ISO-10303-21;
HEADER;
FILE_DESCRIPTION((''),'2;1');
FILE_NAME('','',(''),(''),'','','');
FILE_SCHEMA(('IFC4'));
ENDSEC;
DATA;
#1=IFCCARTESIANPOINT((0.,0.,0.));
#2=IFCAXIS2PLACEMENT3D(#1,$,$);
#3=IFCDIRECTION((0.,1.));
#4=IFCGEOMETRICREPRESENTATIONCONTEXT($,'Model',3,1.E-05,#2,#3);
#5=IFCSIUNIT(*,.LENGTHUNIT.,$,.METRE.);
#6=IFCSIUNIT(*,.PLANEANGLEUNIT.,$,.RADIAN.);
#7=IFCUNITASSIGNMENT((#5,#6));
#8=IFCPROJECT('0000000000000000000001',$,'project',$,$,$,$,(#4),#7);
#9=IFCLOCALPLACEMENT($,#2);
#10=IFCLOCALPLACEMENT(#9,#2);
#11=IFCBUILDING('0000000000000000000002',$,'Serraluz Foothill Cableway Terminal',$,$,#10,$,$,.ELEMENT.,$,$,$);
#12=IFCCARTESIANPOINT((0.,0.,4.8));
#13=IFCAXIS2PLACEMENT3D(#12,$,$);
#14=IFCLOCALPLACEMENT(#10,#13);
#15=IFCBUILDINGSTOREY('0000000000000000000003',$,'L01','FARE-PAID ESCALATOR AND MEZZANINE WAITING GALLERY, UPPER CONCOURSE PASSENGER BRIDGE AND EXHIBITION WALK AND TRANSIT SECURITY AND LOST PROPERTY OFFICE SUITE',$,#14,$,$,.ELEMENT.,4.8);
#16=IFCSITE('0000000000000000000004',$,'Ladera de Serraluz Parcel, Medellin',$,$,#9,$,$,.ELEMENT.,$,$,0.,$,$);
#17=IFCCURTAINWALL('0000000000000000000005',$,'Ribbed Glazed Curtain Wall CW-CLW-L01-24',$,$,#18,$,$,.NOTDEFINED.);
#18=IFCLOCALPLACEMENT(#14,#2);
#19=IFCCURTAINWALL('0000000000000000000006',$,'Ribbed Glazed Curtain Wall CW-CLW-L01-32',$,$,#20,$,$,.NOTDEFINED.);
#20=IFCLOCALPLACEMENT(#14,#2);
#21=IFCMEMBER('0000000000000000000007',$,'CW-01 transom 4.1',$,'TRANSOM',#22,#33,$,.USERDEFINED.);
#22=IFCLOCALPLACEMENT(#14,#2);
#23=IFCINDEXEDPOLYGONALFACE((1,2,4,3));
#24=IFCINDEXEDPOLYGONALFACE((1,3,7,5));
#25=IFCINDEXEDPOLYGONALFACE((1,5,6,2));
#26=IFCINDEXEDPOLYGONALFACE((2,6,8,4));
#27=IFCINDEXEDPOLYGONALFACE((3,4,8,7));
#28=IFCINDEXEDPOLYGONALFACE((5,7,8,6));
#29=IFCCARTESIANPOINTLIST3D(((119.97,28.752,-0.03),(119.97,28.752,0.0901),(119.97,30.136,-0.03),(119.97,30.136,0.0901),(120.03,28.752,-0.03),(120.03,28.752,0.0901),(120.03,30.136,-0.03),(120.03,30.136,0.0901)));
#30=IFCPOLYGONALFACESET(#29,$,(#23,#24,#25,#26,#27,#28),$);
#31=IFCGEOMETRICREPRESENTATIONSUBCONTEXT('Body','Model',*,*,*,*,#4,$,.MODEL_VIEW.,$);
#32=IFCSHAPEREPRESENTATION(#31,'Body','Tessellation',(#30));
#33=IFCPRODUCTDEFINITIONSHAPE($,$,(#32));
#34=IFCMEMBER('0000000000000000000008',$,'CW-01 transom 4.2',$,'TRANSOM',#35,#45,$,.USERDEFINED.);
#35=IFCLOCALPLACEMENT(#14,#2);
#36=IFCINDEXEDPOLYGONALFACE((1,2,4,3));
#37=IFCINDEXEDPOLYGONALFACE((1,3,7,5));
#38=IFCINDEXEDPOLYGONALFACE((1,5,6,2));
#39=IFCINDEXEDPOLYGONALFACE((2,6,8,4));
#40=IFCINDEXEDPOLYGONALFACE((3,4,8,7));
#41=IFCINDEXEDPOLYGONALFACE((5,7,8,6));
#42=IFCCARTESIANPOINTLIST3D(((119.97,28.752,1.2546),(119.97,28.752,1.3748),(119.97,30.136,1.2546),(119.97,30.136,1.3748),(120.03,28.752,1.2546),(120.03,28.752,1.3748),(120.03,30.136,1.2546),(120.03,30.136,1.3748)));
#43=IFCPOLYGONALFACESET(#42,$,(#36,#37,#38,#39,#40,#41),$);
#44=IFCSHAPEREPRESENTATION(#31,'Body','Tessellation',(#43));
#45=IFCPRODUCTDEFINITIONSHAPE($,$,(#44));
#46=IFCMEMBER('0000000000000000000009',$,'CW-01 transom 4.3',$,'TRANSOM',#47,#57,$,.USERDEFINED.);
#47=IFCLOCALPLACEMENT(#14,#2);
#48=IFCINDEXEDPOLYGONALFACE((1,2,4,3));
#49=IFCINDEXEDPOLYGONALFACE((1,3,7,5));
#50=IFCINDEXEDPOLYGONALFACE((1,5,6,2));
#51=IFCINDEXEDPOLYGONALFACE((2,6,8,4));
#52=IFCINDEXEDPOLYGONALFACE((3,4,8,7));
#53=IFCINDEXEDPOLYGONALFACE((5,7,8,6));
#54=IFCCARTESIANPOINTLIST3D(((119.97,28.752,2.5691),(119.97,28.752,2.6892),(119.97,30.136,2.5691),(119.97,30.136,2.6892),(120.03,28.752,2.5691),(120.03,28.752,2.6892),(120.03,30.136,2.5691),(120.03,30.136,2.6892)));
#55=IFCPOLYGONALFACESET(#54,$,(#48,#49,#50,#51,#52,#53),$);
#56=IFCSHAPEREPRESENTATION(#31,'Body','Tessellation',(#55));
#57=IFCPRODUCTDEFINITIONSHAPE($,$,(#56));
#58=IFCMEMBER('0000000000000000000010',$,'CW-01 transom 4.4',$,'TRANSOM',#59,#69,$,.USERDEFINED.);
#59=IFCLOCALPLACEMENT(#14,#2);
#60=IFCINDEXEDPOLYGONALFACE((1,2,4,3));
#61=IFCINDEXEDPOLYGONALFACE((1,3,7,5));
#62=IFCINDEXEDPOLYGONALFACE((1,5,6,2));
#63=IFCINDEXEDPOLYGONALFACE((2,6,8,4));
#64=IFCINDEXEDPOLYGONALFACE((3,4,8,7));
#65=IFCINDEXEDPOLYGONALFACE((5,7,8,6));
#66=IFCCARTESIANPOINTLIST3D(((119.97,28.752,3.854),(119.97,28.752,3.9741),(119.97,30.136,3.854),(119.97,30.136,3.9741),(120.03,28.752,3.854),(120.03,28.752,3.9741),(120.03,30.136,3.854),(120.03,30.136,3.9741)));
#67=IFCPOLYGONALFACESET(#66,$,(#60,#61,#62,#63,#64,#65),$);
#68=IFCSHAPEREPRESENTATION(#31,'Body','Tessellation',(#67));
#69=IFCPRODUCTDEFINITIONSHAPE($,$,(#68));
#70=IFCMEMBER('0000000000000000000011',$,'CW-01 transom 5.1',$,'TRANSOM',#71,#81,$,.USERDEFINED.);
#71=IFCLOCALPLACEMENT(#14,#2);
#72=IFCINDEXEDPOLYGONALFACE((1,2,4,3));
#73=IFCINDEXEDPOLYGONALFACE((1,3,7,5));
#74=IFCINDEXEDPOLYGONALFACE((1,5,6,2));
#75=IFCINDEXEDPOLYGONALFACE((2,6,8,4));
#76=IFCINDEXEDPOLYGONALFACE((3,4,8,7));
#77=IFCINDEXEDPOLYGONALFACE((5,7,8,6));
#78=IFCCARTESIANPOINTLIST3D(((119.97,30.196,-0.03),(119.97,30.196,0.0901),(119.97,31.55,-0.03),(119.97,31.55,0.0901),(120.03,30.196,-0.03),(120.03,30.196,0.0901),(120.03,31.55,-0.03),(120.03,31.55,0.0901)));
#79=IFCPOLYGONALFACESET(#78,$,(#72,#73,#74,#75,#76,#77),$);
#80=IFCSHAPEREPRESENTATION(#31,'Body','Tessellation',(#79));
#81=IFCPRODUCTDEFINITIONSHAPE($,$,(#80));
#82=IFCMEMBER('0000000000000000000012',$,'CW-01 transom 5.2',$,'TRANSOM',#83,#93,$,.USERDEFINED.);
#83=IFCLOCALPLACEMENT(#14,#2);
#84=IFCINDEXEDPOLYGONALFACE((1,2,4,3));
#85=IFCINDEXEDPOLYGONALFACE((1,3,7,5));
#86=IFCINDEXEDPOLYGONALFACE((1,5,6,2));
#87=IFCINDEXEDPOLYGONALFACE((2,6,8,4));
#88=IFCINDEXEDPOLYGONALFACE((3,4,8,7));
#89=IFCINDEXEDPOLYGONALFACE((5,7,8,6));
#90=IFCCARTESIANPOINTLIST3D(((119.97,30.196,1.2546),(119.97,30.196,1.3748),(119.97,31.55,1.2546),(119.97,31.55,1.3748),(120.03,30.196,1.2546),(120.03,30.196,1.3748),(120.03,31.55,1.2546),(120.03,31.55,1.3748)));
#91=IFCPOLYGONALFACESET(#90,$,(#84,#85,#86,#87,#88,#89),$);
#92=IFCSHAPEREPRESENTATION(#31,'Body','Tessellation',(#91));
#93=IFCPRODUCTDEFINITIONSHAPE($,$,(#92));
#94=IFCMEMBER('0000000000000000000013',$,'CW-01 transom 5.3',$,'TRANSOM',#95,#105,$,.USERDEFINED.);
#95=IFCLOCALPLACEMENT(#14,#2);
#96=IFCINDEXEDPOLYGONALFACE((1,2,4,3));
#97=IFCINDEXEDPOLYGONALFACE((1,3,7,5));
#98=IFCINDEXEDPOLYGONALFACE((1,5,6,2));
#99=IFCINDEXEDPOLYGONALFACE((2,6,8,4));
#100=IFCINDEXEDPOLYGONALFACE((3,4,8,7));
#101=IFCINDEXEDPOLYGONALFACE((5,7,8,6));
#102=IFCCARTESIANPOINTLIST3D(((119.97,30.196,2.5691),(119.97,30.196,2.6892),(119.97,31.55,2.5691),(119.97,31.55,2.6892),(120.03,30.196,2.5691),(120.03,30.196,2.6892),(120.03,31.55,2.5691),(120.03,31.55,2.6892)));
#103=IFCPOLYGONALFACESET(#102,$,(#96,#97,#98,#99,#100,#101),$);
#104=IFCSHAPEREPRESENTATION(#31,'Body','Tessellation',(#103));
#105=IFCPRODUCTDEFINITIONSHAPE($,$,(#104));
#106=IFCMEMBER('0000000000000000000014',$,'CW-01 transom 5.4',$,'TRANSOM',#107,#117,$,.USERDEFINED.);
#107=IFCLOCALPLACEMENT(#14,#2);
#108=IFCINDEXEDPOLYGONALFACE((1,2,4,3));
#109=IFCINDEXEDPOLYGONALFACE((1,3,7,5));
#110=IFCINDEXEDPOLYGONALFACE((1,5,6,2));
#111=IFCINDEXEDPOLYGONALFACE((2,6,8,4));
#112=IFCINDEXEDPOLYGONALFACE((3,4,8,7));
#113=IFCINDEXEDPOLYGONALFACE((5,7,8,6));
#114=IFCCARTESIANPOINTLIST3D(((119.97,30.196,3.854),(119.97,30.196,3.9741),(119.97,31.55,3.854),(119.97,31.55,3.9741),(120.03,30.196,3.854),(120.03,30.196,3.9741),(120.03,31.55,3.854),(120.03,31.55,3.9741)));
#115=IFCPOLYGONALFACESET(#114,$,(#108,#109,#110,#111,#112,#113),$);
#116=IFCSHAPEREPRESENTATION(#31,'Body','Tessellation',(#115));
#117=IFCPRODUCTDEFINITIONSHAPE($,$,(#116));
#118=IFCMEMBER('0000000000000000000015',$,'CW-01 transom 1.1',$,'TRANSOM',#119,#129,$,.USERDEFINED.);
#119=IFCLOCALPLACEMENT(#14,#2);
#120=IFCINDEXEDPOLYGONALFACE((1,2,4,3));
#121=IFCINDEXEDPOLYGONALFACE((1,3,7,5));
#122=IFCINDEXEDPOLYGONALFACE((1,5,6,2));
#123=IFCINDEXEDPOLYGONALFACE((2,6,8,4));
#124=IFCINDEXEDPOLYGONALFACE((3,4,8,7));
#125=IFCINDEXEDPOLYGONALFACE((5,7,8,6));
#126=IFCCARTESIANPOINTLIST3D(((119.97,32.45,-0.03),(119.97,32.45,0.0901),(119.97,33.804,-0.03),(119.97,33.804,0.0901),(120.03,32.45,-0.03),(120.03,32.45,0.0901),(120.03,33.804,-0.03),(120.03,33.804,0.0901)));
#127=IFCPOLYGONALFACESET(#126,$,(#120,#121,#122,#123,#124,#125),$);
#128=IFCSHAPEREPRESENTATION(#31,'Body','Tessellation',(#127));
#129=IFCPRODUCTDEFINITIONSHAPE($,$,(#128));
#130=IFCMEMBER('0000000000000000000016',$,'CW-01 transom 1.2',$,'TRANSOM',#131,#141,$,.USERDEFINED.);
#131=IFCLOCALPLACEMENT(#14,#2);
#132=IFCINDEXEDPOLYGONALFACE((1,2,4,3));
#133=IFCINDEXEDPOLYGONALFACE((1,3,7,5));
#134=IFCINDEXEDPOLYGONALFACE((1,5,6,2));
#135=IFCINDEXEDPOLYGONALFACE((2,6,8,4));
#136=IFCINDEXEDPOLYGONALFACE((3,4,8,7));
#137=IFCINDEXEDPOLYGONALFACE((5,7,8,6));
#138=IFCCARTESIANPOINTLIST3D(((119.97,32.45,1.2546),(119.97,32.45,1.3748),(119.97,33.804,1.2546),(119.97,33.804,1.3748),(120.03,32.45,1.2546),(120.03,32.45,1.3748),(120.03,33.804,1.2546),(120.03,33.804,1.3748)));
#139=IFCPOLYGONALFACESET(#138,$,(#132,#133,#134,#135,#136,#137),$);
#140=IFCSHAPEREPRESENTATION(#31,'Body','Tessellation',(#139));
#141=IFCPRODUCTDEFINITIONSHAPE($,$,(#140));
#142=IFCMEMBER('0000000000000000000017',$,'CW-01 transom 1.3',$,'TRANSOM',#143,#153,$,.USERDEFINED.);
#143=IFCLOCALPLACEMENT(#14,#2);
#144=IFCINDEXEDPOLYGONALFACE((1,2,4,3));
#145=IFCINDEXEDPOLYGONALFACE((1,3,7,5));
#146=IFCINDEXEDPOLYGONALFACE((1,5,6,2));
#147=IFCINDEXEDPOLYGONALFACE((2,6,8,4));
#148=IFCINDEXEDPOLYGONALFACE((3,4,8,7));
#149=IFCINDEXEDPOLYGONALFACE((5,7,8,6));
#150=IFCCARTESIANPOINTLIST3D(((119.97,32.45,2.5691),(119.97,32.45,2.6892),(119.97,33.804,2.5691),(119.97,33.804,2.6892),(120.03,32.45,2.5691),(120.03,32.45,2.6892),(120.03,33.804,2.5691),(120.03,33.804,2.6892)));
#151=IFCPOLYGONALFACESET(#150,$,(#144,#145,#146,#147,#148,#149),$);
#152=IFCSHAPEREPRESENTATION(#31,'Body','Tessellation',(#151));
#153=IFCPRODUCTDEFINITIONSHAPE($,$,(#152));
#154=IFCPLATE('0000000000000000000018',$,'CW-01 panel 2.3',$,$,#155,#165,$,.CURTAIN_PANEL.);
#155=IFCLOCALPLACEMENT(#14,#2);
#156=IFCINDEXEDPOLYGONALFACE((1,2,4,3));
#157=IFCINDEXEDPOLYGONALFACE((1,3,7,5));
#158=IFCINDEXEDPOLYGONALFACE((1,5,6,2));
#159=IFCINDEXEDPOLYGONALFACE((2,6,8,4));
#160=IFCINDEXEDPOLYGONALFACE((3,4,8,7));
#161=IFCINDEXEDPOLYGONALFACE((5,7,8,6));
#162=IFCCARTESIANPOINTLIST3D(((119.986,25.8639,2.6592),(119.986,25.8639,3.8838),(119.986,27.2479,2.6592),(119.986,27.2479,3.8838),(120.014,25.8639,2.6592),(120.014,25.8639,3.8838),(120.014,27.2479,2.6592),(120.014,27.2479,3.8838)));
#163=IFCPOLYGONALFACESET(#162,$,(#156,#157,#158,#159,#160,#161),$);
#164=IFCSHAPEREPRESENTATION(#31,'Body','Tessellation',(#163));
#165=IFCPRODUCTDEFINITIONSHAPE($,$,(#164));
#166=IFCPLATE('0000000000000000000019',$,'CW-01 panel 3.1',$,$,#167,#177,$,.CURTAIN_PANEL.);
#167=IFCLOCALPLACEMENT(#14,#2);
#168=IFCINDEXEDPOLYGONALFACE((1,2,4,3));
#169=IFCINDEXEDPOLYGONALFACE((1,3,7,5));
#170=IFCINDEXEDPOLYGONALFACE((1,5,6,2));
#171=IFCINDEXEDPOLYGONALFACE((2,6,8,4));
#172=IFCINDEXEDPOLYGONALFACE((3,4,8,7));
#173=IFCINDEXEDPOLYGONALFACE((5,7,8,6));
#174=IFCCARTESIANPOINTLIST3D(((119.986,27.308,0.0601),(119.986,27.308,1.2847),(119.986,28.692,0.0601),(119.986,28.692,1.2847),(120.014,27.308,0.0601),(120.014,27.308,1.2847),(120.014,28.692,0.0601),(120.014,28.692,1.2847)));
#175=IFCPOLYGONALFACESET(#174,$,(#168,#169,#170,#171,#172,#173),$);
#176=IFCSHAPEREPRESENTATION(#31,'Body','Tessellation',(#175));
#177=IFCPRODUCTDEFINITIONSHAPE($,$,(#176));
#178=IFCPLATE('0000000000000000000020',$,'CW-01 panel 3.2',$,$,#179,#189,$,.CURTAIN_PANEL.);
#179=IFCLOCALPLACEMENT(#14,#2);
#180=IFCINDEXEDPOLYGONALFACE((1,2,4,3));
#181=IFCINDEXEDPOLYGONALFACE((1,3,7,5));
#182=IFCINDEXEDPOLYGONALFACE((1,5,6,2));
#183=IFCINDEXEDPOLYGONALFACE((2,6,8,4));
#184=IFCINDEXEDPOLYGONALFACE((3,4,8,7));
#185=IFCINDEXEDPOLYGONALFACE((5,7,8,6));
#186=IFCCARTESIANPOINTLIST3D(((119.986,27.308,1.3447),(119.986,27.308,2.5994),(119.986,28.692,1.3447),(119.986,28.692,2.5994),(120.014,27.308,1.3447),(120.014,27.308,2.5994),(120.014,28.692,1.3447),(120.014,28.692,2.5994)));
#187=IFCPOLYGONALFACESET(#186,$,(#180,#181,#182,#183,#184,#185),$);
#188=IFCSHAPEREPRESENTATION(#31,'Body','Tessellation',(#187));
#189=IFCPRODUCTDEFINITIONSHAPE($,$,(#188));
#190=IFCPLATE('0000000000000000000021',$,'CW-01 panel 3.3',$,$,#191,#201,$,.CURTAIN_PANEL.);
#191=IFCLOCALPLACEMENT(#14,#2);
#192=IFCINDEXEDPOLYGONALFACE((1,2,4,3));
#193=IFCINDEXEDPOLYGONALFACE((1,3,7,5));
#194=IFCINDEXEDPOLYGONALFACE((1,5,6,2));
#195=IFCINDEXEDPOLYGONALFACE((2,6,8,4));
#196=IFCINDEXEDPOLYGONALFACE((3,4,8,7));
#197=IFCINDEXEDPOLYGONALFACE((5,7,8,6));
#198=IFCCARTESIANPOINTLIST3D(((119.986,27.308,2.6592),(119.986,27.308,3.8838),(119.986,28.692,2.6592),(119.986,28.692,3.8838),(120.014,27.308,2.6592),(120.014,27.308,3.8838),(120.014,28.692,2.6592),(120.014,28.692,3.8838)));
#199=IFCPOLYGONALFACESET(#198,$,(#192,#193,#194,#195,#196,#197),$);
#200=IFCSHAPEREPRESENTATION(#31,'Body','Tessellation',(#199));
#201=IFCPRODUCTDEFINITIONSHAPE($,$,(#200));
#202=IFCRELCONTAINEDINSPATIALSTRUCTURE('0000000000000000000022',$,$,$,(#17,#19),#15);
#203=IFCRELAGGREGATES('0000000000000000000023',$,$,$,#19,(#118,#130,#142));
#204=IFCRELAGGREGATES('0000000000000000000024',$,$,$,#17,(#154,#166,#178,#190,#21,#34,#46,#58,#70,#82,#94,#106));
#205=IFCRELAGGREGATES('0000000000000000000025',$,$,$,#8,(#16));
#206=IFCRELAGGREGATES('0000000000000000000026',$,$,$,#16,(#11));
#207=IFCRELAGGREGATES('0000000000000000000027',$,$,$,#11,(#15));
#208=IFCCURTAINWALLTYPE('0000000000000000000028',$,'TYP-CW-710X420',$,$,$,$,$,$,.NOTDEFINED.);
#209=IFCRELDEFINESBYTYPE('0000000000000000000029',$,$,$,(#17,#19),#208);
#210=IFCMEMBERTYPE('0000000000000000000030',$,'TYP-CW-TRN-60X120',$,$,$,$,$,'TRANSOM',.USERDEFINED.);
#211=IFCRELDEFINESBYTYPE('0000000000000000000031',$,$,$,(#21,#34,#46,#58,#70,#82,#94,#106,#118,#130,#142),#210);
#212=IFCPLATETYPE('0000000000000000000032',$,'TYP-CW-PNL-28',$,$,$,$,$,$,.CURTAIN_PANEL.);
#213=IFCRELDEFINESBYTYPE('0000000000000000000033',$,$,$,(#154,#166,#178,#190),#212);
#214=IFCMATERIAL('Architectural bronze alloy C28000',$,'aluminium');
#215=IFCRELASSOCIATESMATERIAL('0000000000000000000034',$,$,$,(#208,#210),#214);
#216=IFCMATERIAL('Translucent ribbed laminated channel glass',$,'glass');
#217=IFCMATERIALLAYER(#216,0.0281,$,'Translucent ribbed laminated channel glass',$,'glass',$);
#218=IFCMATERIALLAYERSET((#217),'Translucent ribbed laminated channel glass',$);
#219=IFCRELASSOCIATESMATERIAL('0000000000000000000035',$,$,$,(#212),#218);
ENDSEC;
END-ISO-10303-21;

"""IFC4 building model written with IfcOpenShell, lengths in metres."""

from ifc_helpers import new_model, si_unit, direction, frame, origin, origin_2d, place, context, subcontext, project, spatial, rectangle, extrude, material, layer, layer_set, material_profile, profile_set, type_object, element, aggregate, save


model = new_model("IFC4")

# Units and contexts
model_context = context("Model", 3, precision=1e-05, world=origin(), true_north=direction((0.0, 1.0)))
body_context = subcontext(model_context, "Body", "Model", "MODEL_VIEW")
ifc_project = project(units=[si_unit("LENGTHUNIT", "METRE"), si_unit("PLANEANGLEUNIT", "RADIAN")], contexts=[model_context])

# Site, building, storey
site_placement = place(None, origin())
site = spatial("IfcSite", under=ifc_project, at=site_placement, Name="Ladera de Serraluz Parcel, Medellin", CompositionType="ELEMENT", RefElevation=0.0)
building_placement = place(site_placement, origin())
building = spatial("IfcBuilding", under=site, at=building_placement, Name="Serraluz Foothill Cableway Terminal", CompositionType="ELEMENT")
storey_placement = place(building_placement, frame((0.0, 0.0, 4.8)))
storey = spatial("IfcBuildingStorey", under=building, at=storey_placement, Name="L01", Description="FARE-PAID ESCALATOR AND MEZZANINE WAITING GALLERY, UPPER CONCOURSE PASSENGER BRIDGE AND EXHIBITION WALK AND TRANSIT SECURITY AND LOST PROPERTY OFFICE SUITE", CompositionType="ELEMENT", Elevation=4.8)

# Curtain wall
ifc_material_1 = material(Name="Architectural bronze alloy C28000", Category="aluminium")
curtain_wall_type = type_object("IfcCurtainWallType", Name="TYP-CW-710X420", PredefinedType="NOTDEFINED", material=ifc_material_1)
curtain_wall_1_placement = place(storey_placement, origin())
curtain_wall_1 = element("IfcCurtainWall", 1, at=curtain_wall_1_placement, inside=storey, type_object=curtain_wall_type, Name="Ribbed Glazed Curtain Wall CW-CLW-L01-24", PredefinedType="NOTDEFINED")

# Curtain wall
curtain_wall_2_placement = place(storey_placement, origin())
curtain_wall_2 = element("IfcCurtainWall", 2, at=curtain_wall_2_placement, inside=storey, type_object=curtain_wall_type, Name="Ribbed Glazed Curtain Wall CW-CLW-L01-32", PredefinedType="NOTDEFINED")

# Members
ifc_material_profile_1 = material_profile(ifc_material_1, rectangle(XDim=0.0601, YDim=0.1201, at=origin_2d()), Name="ALU TRANSOM 60x120")
ifc_profile_set_1 = profile_set([ifc_material_profile_1], Name="Architectural bronze alloy C28000")
member_type_1 = type_object("IfcMemberType", Name="TYP-CW-TRN-60X120", ElementType="TRANSOM", PredefinedType="USERDEFINED", material=ifc_profile_set_1)
member_1_placement = place(storey_placement, frame((120.0, 28.752, 0.03), z_axis=(0.0, 1.0, 0.0), x_axis=(-1.0, 0.0, 0.0)))
member_1 = element("IfcMember", 3, at=member_1_placement, type_object=member_type_1, Name="CW-01 transom 4.1", ObjectType="TRANSOM", PredefinedType="USERDEFINED", context=body_context, shape_type="SweptSolid", body=[
    extrude(rectangle(XDim=0.0601, YDim=0.1201, at=origin_2d()), origin(), (0.0, 0.0, 1.0), 1.384),
])
member_2_placement = place(storey_placement, frame((120.0, 28.752, 1.3147), z_axis=(0.0, 1.0, 0.0), x_axis=(-1.0, 0.0, 0.0)))
member_2 = element("IfcMember", 4, at=member_2_placement, type_object=member_type_1, Name="CW-01 transom 4.2", ObjectType="TRANSOM", PredefinedType="USERDEFINED", context=body_context, shape_type="SweptSolid", body=[
    extrude(rectangle(XDim=0.0601, YDim=0.1201, at=origin_2d()), origin(), (0.0, 0.0, 1.0), 1.384),
])
member_3_placement = place(storey_placement, frame((120.0, 28.752, 2.6292), z_axis=(0.0, 1.0, 0.0), x_axis=(-1.0, 0.0, 0.0)))
member_3 = element("IfcMember", 5, at=member_3_placement, type_object=member_type_1, Name="CW-01 transom 4.3", ObjectType="TRANSOM", PredefinedType="USERDEFINED", context=body_context, shape_type="SweptSolid", body=[
    extrude(rectangle(XDim=0.0601, YDim=0.1201, at=origin_2d()), origin(), (0.0, 0.0, 1.0), 1.384),
])
member_4_placement = place(storey_placement, frame((120.0, 28.752, 3.9141), z_axis=(0.0, 1.0, 0.0), x_axis=(-1.0, 0.0, 0.0)))
member_4 = element("IfcMember", 6, at=member_4_placement, type_object=member_type_1, Name="CW-01 transom 4.4", ObjectType="TRANSOM", PredefinedType="USERDEFINED", context=body_context, shape_type="SweptSolid", body=[
    extrude(rectangle(XDim=0.0601, YDim=0.1201, at=origin_2d()), origin(), (0.0, 0.0, 1.0), 1.384),
])
member_5_placement = place(storey_placement, frame((120.0, 30.196, 0.03), z_axis=(0.0, 1.0, 0.0), x_axis=(-1.0, 0.0, 0.0)))
member_5 = element("IfcMember", 7, at=member_5_placement, type_object=member_type_1, Name="CW-01 transom 5.1", ObjectType="TRANSOM", PredefinedType="USERDEFINED", context=body_context, shape_type="SweptSolid", body=[
    extrude(rectangle(XDim=0.0601, YDim=0.1201, at=origin_2d()), origin(), (0.0, 0.0, 1.0), 1.354),
])
member_6_placement = place(storey_placement, frame((120.0, 30.196, 1.3147), z_axis=(0.0, 1.0, 0.0), x_axis=(-1.0, 0.0, 0.0)))
member_6 = element("IfcMember", 8, at=member_6_placement, type_object=member_type_1, Name="CW-01 transom 5.2", ObjectType="TRANSOM", PredefinedType="USERDEFINED", context=body_context, shape_type="SweptSolid", body=[
    extrude(rectangle(XDim=0.0601, YDim=0.1201, at=origin_2d()), origin(), (0.0, 0.0, 1.0), 1.354),
])
member_7_placement = place(storey_placement, frame((120.0, 30.196, 2.6292), z_axis=(0.0, 1.0, 0.0), x_axis=(-1.0, 0.0, 0.0)))
member_7 = element("IfcMember", 9, at=member_7_placement, type_object=member_type_1, Name="CW-01 transom 5.3", ObjectType="TRANSOM", PredefinedType="USERDEFINED", context=body_context, shape_type="SweptSolid", body=[
    extrude(rectangle(XDim=0.0601, YDim=0.1201, at=origin_2d()), origin(), (0.0, 0.0, 1.0), 1.354),
])
member_8_placement = place(storey_placement, frame((120.0, 30.196, 3.9141), z_axis=(0.0, 1.0, 0.0), x_axis=(-1.0, 0.0, 0.0)))
member_8 = element("IfcMember", 10, at=member_8_placement, type_object=member_type_1, Name="CW-01 transom 5.4", ObjectType="TRANSOM", PredefinedType="USERDEFINED", context=body_context, shape_type="SweptSolid", body=[
    extrude(rectangle(XDim=0.0601, YDim=0.1201, at=origin_2d()), origin(), (0.0, 0.0, 1.0), 1.354),
])
member_9_placement = place(storey_placement, frame((120.0, 32.45, 0.03), z_axis=(0.0, 1.0, 0.0), x_axis=(-1.0, 0.0, 0.0)))
member_9 = element("IfcMember", 11, at=member_9_placement, type_object=member_type_1, Name="CW-01 transom 1.1", ObjectType="TRANSOM", PredefinedType="USERDEFINED", context=body_context, shape_type="SweptSolid", body=[
    extrude(rectangle(XDim=0.0601, YDim=0.1201, at=origin_2d()), origin(), (0.0, 0.0, 1.0), 1.354),
])
member_10_placement = place(storey_placement, frame((120.0, 32.45, 1.3147), z_axis=(0.0, 1.0, 0.0), x_axis=(-1.0, 0.0, 0.0)))
member_10 = element("IfcMember", 12, at=member_10_placement, type_object=member_type_1, Name="CW-01 transom 1.2", ObjectType="TRANSOM", PredefinedType="USERDEFINED", context=body_context, shape_type="SweptSolid", body=[
    extrude(rectangle(XDim=0.0601, YDim=0.1201, at=origin_2d()), origin(), (0.0, 0.0, 1.0), 1.354),
])
member_11_placement = place(storey_placement, frame((120.0, 32.45, 2.6292), z_axis=(0.0, 1.0, 0.0), x_axis=(-1.0, 0.0, 0.0)))
member_11 = element("IfcMember", 13, at=member_11_placement, type_object=member_type_1, Name="CW-01 transom 1.3", ObjectType="TRANSOM", PredefinedType="USERDEFINED", context=body_context, shape_type="SweptSolid", body=[
    extrude(rectangle(XDim=0.0601, YDim=0.1201, at=origin_2d()), origin(), (0.0, 0.0, 1.0), 1.354),
])
aggregate(curtain_wall_2, [member_9, member_10, member_11])

# Plates
ifc_material_2 = material(Name="Translucent ribbed laminated channel glass", Category="glass")
ifc_layer = layer(ifc_material_2, 0.0281, Name="Translucent ribbed laminated channel glass", Category="glass")
ifc_layer_set = layer_set([ifc_layer], Name="Translucent ribbed laminated channel glass")
plate_type = type_object("IfcPlateType", Name="TYP-CW-PNL-28", PredefinedType="CURTAIN_PANEL", material=ifc_layer_set)
plate_1_placement = place(storey_placement, frame((120.0, 26.5559, 2.6592), z_axis=(0.0, 0.0, 1.0), x_axis=(0.0, 1.0, 0.0)))
plate_1 = element("IfcPlate", 14, at=plate_1_placement, type_object=plate_type, Name="CW-01 panel 2.3", PredefinedType="CURTAIN_PANEL", context=body_context, shape_type="SweptSolid", body=[
    extrude(rectangle(XDim=1.384, YDim=0.0281, at=origin_2d()), origin(), (0.0, 0.0, 1.0), 1.2246),
])
plate_2_placement = place(storey_placement, frame((120.0, 28.0, 0.0601), z_axis=(0.0, 0.0, 1.0), x_axis=(0.0, 1.0, 0.0)))
plate_2 = element("IfcPlate", 15, at=plate_2_placement, type_object=plate_type, Name="CW-01 panel 3.1", PredefinedType="CURTAIN_PANEL", context=body_context, shape_type="SweptSolid", body=[
    extrude(rectangle(XDim=1.384, YDim=0.0281, at=origin_2d()), origin(), (0.0, 0.0, 1.0), 1.2246),
])
plate_3_placement = place(storey_placement, frame((120.0, 28.0, 1.3447), z_axis=(0.0, 0.0, 1.0), x_axis=(0.0, 1.0, 0.0)))
plate_3 = element("IfcPlate", 16, at=plate_3_placement, type_object=plate_type, Name="CW-01 panel 3.2", PredefinedType="CURTAIN_PANEL", context=body_context, shape_type="SweptSolid", body=[
    extrude(rectangle(XDim=1.384, YDim=0.0281, at=origin_2d()), origin(), (0.0, 0.0, 1.0), 1.2546),
])
plate_4_placement = place(storey_placement, frame((120.0, 28.0, 2.6592), z_axis=(0.0, 0.0, 1.0), x_axis=(0.0, 1.0, 0.0)))
plate_4 = element("IfcPlate", 17, at=plate_4_placement, type_object=plate_type, Name="CW-01 panel 3.3", PredefinedType="CURTAIN_PANEL", context=body_context, shape_type="SweptSolid", body=[
    extrude(rectangle(XDim=1.384, YDim=0.0281, at=origin_2d()), origin(), (0.0, 0.0, 1.0), 1.2246),
])
aggregate(curtain_wall_1, [plate_1, plate_2, plate_3, plate_4, member_1, member_2, member_3, member_4, member_5, member_6, member_7, member_8])

save(model, "model.ifc")
